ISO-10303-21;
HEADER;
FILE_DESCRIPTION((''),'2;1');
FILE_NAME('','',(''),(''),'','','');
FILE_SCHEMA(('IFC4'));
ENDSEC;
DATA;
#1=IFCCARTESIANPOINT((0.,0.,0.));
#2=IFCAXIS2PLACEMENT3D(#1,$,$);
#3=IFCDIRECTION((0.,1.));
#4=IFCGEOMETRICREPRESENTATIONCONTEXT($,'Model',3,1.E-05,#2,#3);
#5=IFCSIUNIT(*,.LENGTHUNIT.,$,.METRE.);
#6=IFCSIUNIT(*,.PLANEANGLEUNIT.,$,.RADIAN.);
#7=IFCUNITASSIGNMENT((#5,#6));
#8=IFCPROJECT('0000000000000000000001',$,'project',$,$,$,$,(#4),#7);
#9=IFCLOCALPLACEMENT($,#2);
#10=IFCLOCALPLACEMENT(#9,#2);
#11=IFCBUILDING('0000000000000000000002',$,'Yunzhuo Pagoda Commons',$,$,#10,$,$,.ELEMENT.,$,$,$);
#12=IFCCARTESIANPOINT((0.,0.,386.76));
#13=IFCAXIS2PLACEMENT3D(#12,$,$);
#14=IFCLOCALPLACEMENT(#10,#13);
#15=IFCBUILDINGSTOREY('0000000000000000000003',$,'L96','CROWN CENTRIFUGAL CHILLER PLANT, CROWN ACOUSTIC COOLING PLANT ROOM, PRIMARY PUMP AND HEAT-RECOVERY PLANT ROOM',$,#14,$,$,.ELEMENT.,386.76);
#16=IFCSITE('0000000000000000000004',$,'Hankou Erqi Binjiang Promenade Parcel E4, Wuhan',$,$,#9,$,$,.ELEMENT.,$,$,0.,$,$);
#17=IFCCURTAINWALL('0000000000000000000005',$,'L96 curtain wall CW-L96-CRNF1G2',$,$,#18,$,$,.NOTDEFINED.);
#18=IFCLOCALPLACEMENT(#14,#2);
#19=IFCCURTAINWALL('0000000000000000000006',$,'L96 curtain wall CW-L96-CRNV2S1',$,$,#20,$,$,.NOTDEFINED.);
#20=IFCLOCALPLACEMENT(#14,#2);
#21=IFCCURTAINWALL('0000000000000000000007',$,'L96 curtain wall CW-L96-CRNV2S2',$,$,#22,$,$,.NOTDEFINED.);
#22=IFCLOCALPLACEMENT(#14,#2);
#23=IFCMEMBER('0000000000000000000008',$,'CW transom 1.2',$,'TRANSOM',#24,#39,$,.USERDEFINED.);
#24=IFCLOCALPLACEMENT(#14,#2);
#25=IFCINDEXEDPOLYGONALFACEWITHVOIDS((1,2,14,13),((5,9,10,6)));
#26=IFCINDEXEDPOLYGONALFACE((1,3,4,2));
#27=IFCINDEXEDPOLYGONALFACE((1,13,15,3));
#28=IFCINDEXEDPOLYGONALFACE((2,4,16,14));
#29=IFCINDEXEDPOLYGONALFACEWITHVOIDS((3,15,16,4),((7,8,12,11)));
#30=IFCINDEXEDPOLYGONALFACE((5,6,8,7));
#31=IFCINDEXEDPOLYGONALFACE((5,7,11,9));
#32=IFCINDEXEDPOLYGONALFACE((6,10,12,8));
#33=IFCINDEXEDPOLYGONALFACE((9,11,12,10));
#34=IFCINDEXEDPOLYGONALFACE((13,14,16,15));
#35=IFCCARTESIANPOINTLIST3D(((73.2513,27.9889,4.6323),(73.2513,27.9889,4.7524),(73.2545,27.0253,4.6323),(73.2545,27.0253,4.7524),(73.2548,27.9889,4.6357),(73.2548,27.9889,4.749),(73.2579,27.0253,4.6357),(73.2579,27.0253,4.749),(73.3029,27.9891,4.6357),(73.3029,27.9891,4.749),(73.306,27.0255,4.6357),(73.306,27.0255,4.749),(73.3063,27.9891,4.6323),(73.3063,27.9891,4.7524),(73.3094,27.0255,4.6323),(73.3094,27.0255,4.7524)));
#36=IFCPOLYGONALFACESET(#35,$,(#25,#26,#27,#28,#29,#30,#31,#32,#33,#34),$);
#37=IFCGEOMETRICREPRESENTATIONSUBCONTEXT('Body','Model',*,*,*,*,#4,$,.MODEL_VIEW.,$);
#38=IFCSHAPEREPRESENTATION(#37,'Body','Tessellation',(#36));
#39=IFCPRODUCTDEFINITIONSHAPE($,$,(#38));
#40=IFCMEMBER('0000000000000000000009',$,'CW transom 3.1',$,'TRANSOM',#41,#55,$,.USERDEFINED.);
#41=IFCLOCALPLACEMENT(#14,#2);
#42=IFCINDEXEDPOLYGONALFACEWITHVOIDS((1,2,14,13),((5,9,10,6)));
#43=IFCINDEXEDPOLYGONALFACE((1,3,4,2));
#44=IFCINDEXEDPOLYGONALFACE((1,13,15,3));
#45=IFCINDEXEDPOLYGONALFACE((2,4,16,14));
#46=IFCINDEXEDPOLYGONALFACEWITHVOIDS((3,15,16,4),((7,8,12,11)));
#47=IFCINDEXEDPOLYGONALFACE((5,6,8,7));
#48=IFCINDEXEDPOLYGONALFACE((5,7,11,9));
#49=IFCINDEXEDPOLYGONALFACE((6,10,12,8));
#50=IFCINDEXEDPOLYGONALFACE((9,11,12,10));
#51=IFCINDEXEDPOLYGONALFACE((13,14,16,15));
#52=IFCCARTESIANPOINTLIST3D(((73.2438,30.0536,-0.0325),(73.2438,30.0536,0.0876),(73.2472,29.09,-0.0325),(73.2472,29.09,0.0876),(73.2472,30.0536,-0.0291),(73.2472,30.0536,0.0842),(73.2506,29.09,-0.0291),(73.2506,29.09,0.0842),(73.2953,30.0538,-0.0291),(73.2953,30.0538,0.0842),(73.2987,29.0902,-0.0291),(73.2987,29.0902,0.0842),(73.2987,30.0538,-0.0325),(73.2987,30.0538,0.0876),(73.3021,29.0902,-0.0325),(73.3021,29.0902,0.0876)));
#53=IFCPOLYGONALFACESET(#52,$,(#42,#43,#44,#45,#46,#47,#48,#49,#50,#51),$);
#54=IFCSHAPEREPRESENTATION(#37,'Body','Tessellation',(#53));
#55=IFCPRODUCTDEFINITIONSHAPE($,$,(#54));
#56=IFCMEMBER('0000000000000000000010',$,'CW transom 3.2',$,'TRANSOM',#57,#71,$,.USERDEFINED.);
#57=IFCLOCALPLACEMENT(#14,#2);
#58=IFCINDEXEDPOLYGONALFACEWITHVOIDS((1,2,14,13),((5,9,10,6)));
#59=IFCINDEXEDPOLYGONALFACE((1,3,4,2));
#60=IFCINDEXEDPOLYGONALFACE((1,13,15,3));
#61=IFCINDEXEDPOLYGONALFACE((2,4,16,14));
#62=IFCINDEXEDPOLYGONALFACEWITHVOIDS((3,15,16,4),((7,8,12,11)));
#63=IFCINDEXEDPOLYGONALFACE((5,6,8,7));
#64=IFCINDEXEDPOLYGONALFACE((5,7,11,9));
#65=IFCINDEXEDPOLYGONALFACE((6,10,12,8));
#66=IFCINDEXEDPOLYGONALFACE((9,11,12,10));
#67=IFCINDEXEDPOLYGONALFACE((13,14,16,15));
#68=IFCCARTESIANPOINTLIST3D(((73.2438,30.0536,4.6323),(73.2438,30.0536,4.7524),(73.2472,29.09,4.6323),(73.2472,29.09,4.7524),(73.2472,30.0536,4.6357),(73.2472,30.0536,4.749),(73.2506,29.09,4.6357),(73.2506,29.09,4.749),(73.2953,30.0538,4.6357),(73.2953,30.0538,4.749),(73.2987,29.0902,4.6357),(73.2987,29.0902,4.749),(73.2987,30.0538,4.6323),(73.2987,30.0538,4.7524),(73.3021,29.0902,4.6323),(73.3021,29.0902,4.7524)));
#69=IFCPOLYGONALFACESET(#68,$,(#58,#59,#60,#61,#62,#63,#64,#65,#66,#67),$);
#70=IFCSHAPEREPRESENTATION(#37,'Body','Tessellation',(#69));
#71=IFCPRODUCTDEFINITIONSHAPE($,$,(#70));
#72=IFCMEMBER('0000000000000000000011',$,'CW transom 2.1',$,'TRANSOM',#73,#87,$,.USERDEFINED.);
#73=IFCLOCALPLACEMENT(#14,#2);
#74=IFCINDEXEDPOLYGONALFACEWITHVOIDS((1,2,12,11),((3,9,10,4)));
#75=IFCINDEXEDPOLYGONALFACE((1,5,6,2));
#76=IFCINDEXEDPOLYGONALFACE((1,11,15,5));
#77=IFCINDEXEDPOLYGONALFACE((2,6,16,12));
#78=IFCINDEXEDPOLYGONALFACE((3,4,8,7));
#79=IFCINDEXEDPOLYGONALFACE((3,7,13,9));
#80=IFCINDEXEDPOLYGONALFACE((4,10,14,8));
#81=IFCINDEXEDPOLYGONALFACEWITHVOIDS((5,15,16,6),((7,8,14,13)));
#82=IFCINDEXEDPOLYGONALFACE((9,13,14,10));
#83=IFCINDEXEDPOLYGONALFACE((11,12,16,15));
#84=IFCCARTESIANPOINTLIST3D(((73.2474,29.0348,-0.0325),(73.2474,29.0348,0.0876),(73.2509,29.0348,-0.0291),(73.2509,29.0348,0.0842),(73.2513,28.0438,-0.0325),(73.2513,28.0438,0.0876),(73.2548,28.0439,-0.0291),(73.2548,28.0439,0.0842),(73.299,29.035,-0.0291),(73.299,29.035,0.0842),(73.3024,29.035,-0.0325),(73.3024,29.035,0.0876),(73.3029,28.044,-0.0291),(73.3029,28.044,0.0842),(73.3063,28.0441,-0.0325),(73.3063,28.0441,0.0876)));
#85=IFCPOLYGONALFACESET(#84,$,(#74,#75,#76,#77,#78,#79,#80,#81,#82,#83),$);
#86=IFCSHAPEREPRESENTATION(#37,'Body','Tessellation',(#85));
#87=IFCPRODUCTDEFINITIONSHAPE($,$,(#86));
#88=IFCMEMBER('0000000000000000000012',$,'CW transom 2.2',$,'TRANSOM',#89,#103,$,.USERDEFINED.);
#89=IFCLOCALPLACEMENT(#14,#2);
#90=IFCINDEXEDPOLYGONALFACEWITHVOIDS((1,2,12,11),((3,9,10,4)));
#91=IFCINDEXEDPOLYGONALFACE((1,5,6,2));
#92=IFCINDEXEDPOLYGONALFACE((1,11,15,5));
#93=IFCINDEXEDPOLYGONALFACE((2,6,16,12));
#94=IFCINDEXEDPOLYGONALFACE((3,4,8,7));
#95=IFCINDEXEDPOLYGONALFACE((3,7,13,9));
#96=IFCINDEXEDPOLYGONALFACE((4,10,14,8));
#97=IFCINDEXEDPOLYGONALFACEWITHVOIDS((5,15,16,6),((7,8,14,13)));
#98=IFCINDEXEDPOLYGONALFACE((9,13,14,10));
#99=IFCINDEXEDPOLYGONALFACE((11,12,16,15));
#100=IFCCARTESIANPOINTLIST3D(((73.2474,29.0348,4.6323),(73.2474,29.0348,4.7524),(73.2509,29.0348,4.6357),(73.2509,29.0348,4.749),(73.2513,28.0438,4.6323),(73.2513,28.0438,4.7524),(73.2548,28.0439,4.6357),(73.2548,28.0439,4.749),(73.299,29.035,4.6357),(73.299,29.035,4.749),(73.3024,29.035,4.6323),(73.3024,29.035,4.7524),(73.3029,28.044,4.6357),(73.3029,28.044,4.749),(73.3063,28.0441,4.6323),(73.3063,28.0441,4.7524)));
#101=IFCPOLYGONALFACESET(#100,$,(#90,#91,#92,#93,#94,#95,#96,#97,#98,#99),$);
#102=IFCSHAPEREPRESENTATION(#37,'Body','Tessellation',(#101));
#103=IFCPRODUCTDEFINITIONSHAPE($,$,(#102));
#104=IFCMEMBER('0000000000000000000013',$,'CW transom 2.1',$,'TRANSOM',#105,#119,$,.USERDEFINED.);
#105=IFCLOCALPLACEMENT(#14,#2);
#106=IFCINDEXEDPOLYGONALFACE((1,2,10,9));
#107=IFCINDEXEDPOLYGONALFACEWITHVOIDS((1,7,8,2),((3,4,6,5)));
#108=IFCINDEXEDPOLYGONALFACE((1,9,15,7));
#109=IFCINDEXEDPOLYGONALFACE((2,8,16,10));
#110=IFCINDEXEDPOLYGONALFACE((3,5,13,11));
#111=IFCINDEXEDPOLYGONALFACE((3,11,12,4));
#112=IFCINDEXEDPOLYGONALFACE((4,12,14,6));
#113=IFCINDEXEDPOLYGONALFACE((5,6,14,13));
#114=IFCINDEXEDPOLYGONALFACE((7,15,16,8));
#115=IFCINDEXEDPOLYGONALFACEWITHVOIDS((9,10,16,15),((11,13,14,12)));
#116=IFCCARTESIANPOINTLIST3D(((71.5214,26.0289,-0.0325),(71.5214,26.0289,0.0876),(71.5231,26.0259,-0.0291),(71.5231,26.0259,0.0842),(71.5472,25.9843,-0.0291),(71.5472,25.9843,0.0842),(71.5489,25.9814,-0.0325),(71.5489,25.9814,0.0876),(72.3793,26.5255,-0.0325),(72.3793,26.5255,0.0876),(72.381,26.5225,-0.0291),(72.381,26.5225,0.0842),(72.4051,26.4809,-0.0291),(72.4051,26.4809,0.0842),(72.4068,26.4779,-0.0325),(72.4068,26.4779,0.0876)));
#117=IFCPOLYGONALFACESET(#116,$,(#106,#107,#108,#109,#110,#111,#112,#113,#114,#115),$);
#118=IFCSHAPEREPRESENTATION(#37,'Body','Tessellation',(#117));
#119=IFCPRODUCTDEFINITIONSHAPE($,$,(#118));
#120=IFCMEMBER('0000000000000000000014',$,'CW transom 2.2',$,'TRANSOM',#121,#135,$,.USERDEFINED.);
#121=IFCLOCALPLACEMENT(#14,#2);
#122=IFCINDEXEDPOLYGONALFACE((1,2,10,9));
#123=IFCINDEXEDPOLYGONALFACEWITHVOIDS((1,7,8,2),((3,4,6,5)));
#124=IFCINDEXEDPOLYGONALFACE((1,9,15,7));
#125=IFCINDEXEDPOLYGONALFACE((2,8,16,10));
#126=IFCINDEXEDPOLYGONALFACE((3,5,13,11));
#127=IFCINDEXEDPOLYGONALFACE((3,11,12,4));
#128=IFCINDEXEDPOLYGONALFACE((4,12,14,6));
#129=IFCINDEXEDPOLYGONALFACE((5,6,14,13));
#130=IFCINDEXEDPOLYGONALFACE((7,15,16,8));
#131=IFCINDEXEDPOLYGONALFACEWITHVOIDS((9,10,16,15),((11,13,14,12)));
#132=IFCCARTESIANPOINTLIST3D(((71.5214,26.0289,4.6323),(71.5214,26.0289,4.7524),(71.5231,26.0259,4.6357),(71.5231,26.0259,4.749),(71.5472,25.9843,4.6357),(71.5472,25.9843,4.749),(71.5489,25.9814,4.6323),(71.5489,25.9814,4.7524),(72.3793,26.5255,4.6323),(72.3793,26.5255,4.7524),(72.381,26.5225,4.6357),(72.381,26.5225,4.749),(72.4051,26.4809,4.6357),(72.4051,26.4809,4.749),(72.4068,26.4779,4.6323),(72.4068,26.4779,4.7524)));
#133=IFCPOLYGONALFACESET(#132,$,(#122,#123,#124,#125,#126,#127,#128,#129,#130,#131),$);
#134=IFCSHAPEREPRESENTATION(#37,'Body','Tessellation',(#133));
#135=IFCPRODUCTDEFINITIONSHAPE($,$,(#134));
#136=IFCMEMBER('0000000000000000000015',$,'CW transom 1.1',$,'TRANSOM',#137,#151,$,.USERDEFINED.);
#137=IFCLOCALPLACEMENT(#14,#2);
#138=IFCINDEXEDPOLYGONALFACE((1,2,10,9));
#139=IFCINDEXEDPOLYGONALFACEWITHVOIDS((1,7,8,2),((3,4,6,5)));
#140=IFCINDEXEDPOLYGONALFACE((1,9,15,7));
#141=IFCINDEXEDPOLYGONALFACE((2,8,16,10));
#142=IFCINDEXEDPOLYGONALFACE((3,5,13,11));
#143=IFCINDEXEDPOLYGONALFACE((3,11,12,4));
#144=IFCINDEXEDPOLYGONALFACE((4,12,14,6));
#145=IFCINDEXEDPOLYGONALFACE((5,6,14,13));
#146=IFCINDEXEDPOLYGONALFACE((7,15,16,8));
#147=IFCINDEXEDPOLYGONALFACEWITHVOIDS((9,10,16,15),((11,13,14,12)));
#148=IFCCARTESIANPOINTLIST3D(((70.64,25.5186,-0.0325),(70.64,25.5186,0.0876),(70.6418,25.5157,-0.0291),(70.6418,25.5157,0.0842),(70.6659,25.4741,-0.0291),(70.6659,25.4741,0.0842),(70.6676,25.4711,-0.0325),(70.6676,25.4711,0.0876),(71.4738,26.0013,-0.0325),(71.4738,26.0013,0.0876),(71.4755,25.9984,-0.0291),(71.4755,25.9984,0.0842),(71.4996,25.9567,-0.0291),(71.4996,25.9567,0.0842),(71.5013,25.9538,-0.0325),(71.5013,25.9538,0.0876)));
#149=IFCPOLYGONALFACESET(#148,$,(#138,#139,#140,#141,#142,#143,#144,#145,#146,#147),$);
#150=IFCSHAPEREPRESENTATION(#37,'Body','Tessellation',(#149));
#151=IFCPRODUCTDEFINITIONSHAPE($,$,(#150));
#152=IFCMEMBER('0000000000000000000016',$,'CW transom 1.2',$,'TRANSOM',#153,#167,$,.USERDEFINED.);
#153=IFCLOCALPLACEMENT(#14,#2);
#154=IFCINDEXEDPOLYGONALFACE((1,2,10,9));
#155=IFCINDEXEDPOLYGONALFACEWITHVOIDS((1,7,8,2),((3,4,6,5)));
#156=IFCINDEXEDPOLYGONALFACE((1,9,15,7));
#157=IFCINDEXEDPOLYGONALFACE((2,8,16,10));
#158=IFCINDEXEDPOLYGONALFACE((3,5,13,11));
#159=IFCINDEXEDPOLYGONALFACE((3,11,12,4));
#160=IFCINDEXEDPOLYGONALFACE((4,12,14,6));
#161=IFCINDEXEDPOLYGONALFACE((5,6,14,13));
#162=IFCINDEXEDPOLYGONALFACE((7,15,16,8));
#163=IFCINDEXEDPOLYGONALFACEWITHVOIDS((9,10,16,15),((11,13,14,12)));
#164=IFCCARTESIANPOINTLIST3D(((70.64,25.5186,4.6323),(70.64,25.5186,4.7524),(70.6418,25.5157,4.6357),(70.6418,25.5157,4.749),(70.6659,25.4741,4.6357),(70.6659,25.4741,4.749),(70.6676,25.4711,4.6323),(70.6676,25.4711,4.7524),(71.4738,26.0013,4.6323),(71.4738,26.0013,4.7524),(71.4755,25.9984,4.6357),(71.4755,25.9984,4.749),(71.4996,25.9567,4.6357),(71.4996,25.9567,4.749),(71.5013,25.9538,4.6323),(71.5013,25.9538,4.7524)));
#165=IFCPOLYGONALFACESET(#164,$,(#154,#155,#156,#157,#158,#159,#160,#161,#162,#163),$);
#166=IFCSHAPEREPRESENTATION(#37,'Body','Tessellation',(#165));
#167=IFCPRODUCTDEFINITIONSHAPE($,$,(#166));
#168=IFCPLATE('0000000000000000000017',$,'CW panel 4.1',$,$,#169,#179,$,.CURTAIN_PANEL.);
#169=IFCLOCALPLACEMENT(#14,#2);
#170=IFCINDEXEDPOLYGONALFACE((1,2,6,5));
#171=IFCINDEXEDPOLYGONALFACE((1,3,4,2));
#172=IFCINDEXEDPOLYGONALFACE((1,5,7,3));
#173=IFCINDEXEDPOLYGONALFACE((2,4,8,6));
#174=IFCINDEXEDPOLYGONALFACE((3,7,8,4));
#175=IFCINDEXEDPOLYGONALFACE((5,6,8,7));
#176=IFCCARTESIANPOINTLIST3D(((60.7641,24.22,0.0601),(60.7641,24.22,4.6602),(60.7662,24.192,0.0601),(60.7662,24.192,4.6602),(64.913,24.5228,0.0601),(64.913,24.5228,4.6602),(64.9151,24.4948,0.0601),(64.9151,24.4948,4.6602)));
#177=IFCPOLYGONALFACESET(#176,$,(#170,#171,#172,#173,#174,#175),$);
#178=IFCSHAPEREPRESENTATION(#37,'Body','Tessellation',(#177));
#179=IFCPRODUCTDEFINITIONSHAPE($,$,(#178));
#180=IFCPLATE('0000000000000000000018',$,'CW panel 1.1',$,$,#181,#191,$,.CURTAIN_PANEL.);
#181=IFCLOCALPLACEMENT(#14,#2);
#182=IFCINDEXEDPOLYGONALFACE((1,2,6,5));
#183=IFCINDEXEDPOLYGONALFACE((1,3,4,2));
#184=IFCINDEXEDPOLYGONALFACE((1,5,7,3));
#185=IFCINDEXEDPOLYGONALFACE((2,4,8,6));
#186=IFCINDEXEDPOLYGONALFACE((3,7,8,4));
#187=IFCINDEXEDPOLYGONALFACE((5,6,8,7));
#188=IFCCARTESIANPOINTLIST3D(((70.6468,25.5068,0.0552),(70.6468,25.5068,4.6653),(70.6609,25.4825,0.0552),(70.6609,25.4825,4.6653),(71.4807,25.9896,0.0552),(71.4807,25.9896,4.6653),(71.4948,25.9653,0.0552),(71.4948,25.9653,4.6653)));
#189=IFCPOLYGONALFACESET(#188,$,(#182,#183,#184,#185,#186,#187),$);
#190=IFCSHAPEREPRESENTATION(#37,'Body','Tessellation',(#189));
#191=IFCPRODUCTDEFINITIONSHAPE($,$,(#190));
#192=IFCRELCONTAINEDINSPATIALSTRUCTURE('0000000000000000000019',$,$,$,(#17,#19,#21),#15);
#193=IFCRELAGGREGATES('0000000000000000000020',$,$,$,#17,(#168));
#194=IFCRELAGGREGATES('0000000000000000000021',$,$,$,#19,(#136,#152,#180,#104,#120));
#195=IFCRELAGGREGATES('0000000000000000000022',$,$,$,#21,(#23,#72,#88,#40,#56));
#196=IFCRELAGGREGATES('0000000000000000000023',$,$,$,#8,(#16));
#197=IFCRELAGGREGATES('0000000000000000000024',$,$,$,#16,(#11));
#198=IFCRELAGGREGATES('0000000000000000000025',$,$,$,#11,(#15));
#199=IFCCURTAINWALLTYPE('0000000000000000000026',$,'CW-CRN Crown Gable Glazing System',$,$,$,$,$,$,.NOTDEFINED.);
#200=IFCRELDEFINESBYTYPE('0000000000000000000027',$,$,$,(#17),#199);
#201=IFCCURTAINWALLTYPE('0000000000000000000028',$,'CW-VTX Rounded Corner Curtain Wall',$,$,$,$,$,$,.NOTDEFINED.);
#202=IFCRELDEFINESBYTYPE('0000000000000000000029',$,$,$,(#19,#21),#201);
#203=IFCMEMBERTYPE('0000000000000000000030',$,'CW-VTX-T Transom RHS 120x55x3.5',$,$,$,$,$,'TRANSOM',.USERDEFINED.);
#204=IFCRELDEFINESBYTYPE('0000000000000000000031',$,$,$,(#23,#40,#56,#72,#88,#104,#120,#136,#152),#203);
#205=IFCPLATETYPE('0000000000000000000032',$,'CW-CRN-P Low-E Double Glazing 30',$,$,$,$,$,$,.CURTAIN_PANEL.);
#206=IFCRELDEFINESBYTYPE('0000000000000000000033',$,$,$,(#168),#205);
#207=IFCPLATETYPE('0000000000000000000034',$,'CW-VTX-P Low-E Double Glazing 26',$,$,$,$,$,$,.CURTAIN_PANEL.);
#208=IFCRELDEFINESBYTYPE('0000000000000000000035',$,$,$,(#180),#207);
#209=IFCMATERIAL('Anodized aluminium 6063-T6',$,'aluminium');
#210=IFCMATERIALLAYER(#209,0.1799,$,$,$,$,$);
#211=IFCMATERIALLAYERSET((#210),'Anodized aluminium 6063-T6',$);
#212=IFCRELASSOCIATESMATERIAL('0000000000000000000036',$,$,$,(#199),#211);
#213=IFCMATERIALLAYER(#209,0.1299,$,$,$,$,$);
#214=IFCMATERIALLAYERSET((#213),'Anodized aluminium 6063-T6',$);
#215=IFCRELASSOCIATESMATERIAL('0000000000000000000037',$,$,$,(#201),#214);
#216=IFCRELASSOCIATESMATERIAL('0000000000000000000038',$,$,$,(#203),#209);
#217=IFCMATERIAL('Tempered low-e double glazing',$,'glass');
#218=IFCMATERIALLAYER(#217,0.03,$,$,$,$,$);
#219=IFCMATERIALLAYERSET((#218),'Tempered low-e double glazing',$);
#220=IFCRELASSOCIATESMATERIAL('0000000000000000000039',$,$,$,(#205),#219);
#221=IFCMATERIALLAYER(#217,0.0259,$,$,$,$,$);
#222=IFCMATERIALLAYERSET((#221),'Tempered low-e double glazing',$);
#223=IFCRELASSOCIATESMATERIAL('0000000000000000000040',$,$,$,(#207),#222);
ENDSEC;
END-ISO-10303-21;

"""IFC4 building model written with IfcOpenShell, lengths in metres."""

from ifc_helpers import new_model, si_unit, direction, frame, origin, origin_2d, place, context, subcontext, project, spatial, rectangle, hollow_rectangle, extrude, source, transform, mapped, material, layer, layer_set, material_profile, profile_set, type_object, element, aggregate, save


model = new_model("IFC4")

# Units and contexts
model_context = context("Model", 3, precision=1e-05, world=origin(), true_north=direction((0.0, 1.0)))
body_context = subcontext(model_context, "Body", "Model", "MODEL_VIEW")
ifc_project = project(units=[si_unit("LENGTHUNIT", "METRE"), si_unit("PLANEANGLEUNIT", "RADIAN")], contexts=[model_context])

# Site, building, storey
site_placement = place(None, origin())
site = spatial("IfcSite", under=ifc_project, at=site_placement, Name="Hankou Erqi Binjiang Promenade Parcel E4, Wuhan", CompositionType="ELEMENT", RefElevation=0.0)
building_placement = place(site_placement, origin())
building = spatial("IfcBuilding", under=site, at=building_placement, Name="Yunzhuo Pagoda Commons", CompositionType="ELEMENT")
storey_placement = place(building_placement, frame((0.0, 0.0, 386.76)))
storey = spatial("IfcBuildingStorey", under=building, at=storey_placement, Name="L96", Description="CROWN CENTRIFUGAL CHILLER PLANT, CROWN ACOUSTIC COOLING PLANT ROOM, PRIMARY PUMP AND HEAT-RECOVERY PLANT ROOM", CompositionType="ELEMENT", Elevation=386.76)

# Curtain walls
ifc_material_1 = material(Name="Anodized aluminium 6063-T6", Category="aluminium")
ifc_layer_1 = layer(ifc_material_1, 0.1799)
ifc_layer_set_1 = layer_set([ifc_layer_1], Name="Anodized aluminium 6063-T6")
curtain_wall_type_1 = type_object("IfcCurtainWallType", Name="CW-CRN Crown Gable Glazing System", PredefinedType="NOTDEFINED", material=ifc_layer_set_1)
curtain_wall_1_placement = place(storey_placement, origin())
curtain_wall_1 = element("IfcCurtainWall", 1, at=curtain_wall_1_placement, inside=storey, type_object=curtain_wall_type_1, Name="L96 curtain wall CW-L96-CRNF1G2", PredefinedType="NOTDEFINED")
ifc_layer_2 = layer(ifc_material_1, 0.1299)
ifc_layer_set_2 = layer_set([ifc_layer_2], Name="Anodized aluminium 6063-T6")
curtain_wall_type_2 = type_object("IfcCurtainWallType", Name="CW-VTX Rounded Corner Curtain Wall", PredefinedType="NOTDEFINED", material=ifc_layer_set_2)
curtain_wall_2_placement = place(storey_placement, origin())
curtain_wall_2 = element("IfcCurtainWall", 2, at=curtain_wall_2_placement, inside=storey, type_object=curtain_wall_type_2, Name="L96 curtain wall CW-L96-CRNV2S1", PredefinedType="NOTDEFINED")
curtain_wall_3_placement = place(storey_placement, origin())
curtain_wall_3 = element("IfcCurtainWall", 3, at=curtain_wall_3_placement, inside=storey, type_object=curtain_wall_type_2, Name="L96 curtain wall CW-L96-CRNV2S2", PredefinedType="NOTDEFINED")

# Members
ifc_material_profile_1 = material_profile(ifc_material_1, hollow_rectangle(XDim=0.0549, YDim=0.1201, WallThickness=0.0034, at=origin_2d()), Name="Anodized aluminium 6063-T6")
ifc_profile_set_1 = profile_set([ifc_material_profile_1], Name="Anodized aluminium 6063-T6")
member_type_1 = type_object("IfcMemberType", Name="CW-VTX-T Transom RHS 120x55x3.5", ElementType="TRANSOM", PredefinedType="USERDEFINED", material=ifc_profile_set_1)
shared_shape_1 = source(origin(), body_context, "Body", "SweptSolid", [
    extrude(hollow_rectangle(XDim=0.0549, YDim=0.1201, WallThickness=0.0034, at=origin_2d()), origin(), (0.0, 0.0, 1.0), 0.9636),
])
member_1_placement = place(storey_placement, frame((73.282, 27.0254, 4.6924), z_axis=(-0.003294, 0.999995, 0.0), x_axis=(-0.999995, -0.003294, 0.0)))
member_1 = element("IfcMember", 4, at=member_1_placement, type_object=member_type_1, Name="CW transom 1.2", ObjectType="TRANSOM", PredefinedType="USERDEFINED", context=body_context, shape_type="MappedRepresentation", body=[
    mapped(shared_shape_1, transform((0.0, 0.0, 0.0), scale=1.0)),
])
member_2_placement = place(storey_placement, frame((73.2747, 29.0901, 0.0276), z_axis=(-0.003547, 0.999994, 0.0), x_axis=(-0.999994, -0.003547, 0.0)))
member_2 = element("IfcMember", 5, at=member_2_placement, type_object=member_type_1, Name="CW transom 3.1", ObjectType="TRANSOM", PredefinedType="USERDEFINED", context=body_context, shape_type="MappedRepresentation", body=[
    mapped(shared_shape_1, transform((0.0, 0.0, 0.0), scale=1.0)),
])
member_3_placement = place(storey_placement, frame((73.2747, 29.0901, 4.6924), z_axis=(-0.003547, 0.999994, 0.0), x_axis=(-0.999994, -0.003547, 0.0)))
member_3 = element("IfcMember", 6, at=member_3_placement, type_object=member_type_1, Name="CW transom 3.2", ObjectType="TRANSOM", PredefinedType="USERDEFINED", context=body_context, shape_type="MappedRepresentation", body=[
    mapped(shared_shape_1, transform((0.0, 0.0, 0.0), scale=1.0)),
])
shared_shape_2 = source(origin(), body_context, "Body", "SweptSolid", [
    extrude(hollow_rectangle(XDim=0.0549, YDim=0.1201, WallThickness=0.0034, at=origin_2d()), origin(), (0.0, 0.0, 1.0), 0.991),
])
member_4_placement = place(storey_placement, frame((73.2788, 28.0439, 0.0276), z_axis=(-0.003942, 0.999992, 0.0), x_axis=(-0.999992, -0.003942, 0.0)))
member_4 = element("IfcMember", 7, at=member_4_placement, type_object=member_type_1, Name="CW transom 2.1", ObjectType="TRANSOM", PredefinedType="USERDEFINED", context=body_context, shape_type="MappedRepresentation", body=[
    mapped(shared_shape_2, transform((0.0, 0.0, 0.0), scale=1.0)),
])
member_5_placement = place(storey_placement, frame((73.2788, 28.0439, 4.6924), z_axis=(-0.003942, 0.999992, 0.0), x_axis=(-0.999992, -0.003942, 0.0)))
member_5 = element("IfcMember", 8, at=member_5_placement, type_object=member_type_1, Name="CW transom 2.2", ObjectType="TRANSOM", PredefinedType="USERDEFINED", context=body_context, shape_type="MappedRepresentation", body=[
    mapped(shared_shape_2, transform((0.0, 0.0, 0.0), scale=1.0)),
])
shared_shape_3 = source(origin(), body_context, "Body", "SweptSolid", [
    extrude(hollow_rectangle(XDim=0.0549, YDim=0.1201, WallThickness=0.0034, at=origin_2d()), origin(), (0.0, 0.0, 1.0), 0.9912),
])
member_6_placement = place(storey_placement, frame((71.5352, 26.0051, 0.0276), z_axis=(0.865471, 0.500959, 0.0), x_axis=(-0.500959, 0.865471, 0.0)))
member_6 = element("IfcMember", 9, at=member_6_placement, type_object=member_type_1, Name="CW transom 2.1", ObjectType="TRANSOM", PredefinedType="USERDEFINED", context=body_context, shape_type="MappedRepresentation", body=[
    mapped(shared_shape_3, transform((0.0, 0.0, 0.0), scale=1.0)),
])
member_7_placement = place(storey_placement, frame((71.5352, 26.0051, 4.6924), z_axis=(0.865471, 0.500959, 0.0), x_axis=(-0.500959, 0.865471, 0.0)))
member_7 = element("IfcMember", 10, at=member_7_placement, type_object=member_type_1, Name="CW transom 2.2", ObjectType="TRANSOM", PredefinedType="USERDEFINED", context=body_context, shape_type="MappedRepresentation", body=[
    mapped(shared_shape_3, transform((0.0, 0.0, 0.0), scale=1.0)),
])
shared_shape_4 = source(origin(), body_context, "Body", "SweptSolid", [
    extrude(hollow_rectangle(XDim=0.0549, YDim=0.1201, WallThickness=0.0034, at=origin_2d()), origin(), (0.0, 0.0, 1.0), 0.9634),
])
member_8_placement = place(storey_placement, frame((70.6538, 25.4949, 0.0276), z_axis=(0.865438, 0.501016, 0.0), x_axis=(-0.501016, 0.865438, 0.0)))
member_8 = element("IfcMember", 11, at=member_8_placement, type_object=member_type_1, Name="CW transom 1.1", ObjectType="TRANSOM", PredefinedType="USERDEFINED", context=body_context, shape_type="MappedRepresentation", body=[
    mapped(shared_shape_4, transform((0.0, 0.0, 0.0), scale=1.0)),
])
member_9_placement = place(storey_placement, frame((70.6538, 25.4949, 4.6924), z_axis=(0.865438, 0.501016, 0.0), x_axis=(-0.501016, 0.865438, 0.0)))
member_9 = element("IfcMember", 12, at=member_9_placement, type_object=member_type_1, Name="CW transom 1.2", ObjectType="TRANSOM", PredefinedType="USERDEFINED", context=body_context, shape_type="MappedRepresentation", body=[
    mapped(shared_shape_4, transform((0.0, 0.0, 0.0), scale=1.0)),
])

# Plates
ifc_material_2 = material(Name="Tempered low-e double glazing", Category="glass")
ifc_layer_3 = layer(ifc_material_2, 0.03)
ifc_layer_set_3 = layer_set([ifc_layer_3], Name="Tempered low-e double glazing")
plate_type_1 = type_object("IfcPlateType", Name="CW-CRN-P Low-E Double Glazing 30", PredefinedType="CURTAIN_PANEL", material=ifc_layer_set_3)
shared_shape_5 = source(origin(), body_context, "Body", "SweptSolid", [
    extrude(rectangle(XDim=4.1599, YDim=0.0281, at=origin_2d()), origin(), (0.0, 0.0, 1.0), 4.6001),
])
plate_1_placement = place(storey_placement, frame((62.8396, 24.3574, 0.0601), z_axis=(0.0, 0.0, 1.0), x_axis=(0.997347, 0.072796, 0.0)))
plate_1 = element("IfcPlate", 13, at=plate_1_placement, type_object=plate_type_1, Name="CW panel 4.1", PredefinedType="CURTAIN_PANEL", context=body_context, shape_type="MappedRepresentation", body=[
    mapped(shared_shape_5, transform((0.0, 0.0, 0.0), scale=1.0)),
])
aggregate(curtain_wall_1, [plate_1])
ifc_layer_4 = layer(ifc_material_2, 0.0259)
ifc_layer_set_4 = layer_set([ifc_layer_4], Name="Tempered low-e double glazing")
plate_type_2 = type_object("IfcPlateType", Name="CW-VTX-P Low-E Double Glazing 26", PredefinedType="CURTAIN_PANEL", material=ifc_layer_set_4)
shared_shape_6 = source(origin(), body_context, "Body", "SweptSolid", [
    extrude(rectangle(XDim=0.9636, YDim=0.0281, at=origin_2d()), origin(), (0.0, 0.0, 1.0), 4.6101),
])
plate_2_placement = place(storey_placement, frame((71.0708, 25.7361, 0.0552), z_axis=(0.0, 0.0, 1.0), x_axis=(0.865423, 0.501041, 0.0)))
plate_2 = element("IfcPlate", 14, at=plate_2_placement, type_object=plate_type_2, Name="CW panel 1.1", PredefinedType="CURTAIN_PANEL", context=body_context, shape_type="MappedRepresentation", body=[
    mapped(shared_shape_6, transform((0.0, 0.0, 0.0), scale=1.0)),
])
aggregate(curtain_wall_2, [member_8, member_9, plate_2, member_6, member_7])
aggregate(curtain_wall_3, [member_1, member_4, member_5, member_2, member_3])

save(model, "model.ifc")
